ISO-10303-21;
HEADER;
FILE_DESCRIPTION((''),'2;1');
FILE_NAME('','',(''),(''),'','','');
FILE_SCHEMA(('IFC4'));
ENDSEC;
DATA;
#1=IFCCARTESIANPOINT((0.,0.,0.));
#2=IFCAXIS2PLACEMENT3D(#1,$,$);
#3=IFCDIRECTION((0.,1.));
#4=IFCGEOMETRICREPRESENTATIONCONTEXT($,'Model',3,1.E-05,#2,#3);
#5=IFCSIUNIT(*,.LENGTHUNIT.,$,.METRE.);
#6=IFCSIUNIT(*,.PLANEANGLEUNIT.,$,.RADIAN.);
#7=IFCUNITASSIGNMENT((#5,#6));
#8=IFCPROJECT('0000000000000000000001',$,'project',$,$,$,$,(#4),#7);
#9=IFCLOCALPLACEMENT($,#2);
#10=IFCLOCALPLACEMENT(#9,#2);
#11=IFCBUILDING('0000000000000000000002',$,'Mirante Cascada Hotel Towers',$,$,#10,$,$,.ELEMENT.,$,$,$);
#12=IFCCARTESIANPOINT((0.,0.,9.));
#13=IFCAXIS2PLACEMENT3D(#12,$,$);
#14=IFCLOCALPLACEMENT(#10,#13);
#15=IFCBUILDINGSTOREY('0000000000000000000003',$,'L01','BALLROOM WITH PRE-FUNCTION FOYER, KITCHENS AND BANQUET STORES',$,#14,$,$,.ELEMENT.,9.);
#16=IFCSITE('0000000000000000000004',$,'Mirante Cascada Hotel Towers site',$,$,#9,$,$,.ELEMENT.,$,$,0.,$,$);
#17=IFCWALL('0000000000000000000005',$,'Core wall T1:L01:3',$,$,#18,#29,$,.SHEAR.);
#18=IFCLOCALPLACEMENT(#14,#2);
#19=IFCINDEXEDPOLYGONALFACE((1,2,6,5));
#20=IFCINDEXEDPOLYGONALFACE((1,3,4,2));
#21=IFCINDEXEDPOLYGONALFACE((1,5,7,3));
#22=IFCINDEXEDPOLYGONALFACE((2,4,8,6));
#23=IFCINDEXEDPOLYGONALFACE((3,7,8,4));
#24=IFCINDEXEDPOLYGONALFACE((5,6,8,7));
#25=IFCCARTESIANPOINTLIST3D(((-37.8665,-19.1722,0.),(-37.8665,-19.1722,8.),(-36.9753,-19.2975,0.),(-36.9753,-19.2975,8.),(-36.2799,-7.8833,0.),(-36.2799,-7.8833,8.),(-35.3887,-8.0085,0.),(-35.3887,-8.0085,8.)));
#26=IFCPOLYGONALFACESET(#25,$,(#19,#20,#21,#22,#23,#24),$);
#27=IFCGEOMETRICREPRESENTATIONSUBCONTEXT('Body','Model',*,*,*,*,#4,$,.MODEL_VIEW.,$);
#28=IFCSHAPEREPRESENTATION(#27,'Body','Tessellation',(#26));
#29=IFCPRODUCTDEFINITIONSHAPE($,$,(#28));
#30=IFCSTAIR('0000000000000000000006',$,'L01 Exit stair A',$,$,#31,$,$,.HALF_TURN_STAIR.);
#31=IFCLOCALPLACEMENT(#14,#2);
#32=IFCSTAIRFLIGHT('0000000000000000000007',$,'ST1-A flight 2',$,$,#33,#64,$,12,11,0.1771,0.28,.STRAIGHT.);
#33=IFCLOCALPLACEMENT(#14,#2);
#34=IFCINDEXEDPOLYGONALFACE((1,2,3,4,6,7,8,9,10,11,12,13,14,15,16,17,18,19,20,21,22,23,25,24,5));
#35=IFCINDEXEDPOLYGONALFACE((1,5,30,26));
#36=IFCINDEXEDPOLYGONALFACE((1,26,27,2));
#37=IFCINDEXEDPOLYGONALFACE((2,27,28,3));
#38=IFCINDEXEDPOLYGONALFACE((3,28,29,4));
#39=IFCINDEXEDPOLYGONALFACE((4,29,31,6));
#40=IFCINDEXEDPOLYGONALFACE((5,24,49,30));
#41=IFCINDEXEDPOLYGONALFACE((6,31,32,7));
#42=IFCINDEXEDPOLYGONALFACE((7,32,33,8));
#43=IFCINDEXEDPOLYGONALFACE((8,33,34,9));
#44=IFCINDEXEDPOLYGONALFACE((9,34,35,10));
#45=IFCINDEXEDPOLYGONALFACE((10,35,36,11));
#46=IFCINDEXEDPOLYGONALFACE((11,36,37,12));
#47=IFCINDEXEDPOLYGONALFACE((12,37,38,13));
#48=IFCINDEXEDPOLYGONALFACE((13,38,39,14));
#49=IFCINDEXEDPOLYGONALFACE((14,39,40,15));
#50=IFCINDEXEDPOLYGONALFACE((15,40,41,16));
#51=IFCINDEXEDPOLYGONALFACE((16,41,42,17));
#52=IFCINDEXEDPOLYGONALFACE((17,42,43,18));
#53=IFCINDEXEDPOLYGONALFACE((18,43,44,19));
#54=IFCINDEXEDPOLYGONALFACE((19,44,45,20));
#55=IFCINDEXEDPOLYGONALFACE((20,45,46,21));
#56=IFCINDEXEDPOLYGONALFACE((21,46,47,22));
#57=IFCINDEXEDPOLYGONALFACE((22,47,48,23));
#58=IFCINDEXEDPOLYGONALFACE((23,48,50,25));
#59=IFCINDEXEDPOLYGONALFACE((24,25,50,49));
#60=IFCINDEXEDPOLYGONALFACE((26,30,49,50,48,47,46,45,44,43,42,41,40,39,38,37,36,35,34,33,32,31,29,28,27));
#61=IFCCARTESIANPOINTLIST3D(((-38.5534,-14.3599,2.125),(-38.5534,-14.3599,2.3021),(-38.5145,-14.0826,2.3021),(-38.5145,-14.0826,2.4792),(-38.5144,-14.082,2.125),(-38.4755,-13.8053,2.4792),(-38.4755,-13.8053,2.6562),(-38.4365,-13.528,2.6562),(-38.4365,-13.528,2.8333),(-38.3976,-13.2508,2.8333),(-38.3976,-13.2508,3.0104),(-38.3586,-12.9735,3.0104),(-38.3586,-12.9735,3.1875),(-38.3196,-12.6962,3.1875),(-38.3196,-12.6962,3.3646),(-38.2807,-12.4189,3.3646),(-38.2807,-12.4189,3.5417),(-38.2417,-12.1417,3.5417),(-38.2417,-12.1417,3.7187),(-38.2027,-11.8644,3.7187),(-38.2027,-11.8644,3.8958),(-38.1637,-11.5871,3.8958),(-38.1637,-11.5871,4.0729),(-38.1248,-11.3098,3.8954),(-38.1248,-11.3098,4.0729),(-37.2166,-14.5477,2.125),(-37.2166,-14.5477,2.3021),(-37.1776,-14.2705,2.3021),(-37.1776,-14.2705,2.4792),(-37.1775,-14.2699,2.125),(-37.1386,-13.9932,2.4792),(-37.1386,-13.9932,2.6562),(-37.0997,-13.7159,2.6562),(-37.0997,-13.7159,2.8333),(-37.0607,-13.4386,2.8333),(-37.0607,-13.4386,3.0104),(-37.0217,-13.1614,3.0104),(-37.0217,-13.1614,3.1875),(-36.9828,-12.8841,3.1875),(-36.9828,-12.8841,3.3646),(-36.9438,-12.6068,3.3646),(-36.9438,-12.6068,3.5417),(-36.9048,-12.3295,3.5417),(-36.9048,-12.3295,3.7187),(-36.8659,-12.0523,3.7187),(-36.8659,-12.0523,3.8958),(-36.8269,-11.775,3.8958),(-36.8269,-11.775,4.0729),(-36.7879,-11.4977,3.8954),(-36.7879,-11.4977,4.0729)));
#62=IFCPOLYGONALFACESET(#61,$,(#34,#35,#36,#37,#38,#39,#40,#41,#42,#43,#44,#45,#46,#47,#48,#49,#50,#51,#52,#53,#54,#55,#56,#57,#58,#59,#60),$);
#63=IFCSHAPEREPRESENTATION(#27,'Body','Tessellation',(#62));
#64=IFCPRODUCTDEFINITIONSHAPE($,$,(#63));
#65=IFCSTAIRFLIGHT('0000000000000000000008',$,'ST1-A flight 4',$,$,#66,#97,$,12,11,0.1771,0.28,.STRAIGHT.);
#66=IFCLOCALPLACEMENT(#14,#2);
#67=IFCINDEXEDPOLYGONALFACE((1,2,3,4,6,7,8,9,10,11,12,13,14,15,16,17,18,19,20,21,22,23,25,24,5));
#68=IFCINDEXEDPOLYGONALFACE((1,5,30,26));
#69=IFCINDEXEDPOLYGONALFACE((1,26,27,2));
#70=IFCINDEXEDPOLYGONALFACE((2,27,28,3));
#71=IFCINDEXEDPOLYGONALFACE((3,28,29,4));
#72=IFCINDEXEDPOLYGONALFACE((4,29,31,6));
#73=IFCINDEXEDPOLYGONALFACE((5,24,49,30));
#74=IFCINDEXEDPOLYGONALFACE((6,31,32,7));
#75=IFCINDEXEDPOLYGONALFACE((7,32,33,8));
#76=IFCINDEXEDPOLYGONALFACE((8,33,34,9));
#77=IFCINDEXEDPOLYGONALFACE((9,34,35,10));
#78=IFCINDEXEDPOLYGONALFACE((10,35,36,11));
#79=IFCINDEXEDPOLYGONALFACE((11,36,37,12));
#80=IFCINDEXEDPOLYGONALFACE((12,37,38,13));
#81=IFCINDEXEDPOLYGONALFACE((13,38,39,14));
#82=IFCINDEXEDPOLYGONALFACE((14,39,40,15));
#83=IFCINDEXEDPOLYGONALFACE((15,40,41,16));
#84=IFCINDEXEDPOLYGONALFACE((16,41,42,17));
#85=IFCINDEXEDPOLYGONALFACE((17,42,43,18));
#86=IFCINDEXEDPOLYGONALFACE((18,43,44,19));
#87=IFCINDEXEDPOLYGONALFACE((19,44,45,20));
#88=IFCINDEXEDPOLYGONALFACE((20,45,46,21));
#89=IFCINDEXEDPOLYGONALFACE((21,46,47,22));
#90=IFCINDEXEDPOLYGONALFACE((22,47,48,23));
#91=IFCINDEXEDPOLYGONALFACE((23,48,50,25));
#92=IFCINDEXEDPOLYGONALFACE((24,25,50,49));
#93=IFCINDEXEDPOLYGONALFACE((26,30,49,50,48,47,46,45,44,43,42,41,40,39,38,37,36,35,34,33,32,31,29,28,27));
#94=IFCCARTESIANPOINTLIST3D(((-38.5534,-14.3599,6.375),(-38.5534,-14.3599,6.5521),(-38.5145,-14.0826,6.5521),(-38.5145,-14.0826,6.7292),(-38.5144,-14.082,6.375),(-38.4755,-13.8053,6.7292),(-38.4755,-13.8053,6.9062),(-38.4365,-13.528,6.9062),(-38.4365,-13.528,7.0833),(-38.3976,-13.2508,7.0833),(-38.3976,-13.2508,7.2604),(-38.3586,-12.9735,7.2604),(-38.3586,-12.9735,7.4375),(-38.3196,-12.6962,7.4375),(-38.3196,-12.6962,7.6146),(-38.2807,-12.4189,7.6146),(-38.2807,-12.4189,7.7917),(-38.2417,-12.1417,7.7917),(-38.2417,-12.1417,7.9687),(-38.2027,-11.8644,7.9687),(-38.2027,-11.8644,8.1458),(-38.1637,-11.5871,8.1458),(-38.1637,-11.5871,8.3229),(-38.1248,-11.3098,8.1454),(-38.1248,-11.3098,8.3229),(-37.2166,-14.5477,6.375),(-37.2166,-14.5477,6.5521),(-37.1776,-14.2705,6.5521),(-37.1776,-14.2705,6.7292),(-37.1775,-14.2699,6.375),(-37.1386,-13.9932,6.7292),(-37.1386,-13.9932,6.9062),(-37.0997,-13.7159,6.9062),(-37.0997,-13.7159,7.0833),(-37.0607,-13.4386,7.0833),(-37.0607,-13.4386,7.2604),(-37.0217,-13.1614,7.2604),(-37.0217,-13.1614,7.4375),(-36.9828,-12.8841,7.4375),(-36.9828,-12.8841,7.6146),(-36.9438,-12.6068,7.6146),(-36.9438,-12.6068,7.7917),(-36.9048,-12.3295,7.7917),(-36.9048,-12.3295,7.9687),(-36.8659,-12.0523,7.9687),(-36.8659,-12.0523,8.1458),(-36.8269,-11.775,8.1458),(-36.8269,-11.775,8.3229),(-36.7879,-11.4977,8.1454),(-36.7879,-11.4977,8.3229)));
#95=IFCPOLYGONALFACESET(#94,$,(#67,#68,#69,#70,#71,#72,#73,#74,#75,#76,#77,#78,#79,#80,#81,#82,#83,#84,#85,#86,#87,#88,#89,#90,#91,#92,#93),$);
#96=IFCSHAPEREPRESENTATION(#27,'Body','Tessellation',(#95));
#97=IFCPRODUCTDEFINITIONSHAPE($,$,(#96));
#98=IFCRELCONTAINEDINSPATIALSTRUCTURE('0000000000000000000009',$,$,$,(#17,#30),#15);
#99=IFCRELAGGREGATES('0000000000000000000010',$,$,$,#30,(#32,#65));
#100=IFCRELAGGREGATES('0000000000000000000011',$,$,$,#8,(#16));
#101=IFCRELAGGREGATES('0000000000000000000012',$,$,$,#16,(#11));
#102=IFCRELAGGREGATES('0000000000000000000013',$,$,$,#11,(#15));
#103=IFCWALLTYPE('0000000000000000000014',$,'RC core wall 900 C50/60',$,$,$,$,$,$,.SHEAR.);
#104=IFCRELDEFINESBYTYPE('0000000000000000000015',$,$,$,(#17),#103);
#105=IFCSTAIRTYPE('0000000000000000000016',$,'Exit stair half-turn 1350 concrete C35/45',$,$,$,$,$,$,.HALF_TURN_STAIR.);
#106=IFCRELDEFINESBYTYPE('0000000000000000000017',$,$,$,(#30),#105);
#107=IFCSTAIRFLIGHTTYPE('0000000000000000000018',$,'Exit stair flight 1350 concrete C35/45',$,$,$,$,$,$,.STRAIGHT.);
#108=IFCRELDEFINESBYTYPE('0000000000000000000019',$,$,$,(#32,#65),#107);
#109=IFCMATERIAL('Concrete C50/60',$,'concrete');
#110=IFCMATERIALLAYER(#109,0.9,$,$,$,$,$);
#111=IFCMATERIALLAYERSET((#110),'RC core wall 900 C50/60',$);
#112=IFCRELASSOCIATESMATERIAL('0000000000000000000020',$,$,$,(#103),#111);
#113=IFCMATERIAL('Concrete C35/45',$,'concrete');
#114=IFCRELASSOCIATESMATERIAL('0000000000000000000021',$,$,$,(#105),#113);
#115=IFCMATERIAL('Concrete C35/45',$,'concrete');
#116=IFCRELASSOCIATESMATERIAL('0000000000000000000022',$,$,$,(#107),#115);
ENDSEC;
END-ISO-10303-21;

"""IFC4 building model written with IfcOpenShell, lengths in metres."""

from ifc_helpers import new_model, si_unit, direction, frame, frame_2d, origin, place, context, subcontext, project, spatial, polyline, rectangle, outline, extrude, material, layer, layer_set, type_object, element, aggregate, save


model = new_model("IFC4")

# Units and contexts
model_context = context("Model", 3, precision=1e-05, world=origin(), true_north=direction((0.0, 1.0)))
body_context = subcontext(model_context, "Body", "Model", "MODEL_VIEW")
ifc_project = project(units=[si_unit("LENGTHUNIT", "METRE"), si_unit("PLANEANGLEUNIT", "RADIAN")], contexts=[model_context])

# Site, building, storey
site_placement = place(None, origin())
site = spatial("IfcSite", under=ifc_project, at=site_placement, Name="Mirante Cascada Hotel Towers site", CompositionType="ELEMENT", RefElevation=0.0)
building_placement = place(site_placement, origin())
building = spatial("IfcBuilding", under=site, at=building_placement, Name="Mirante Cascada Hotel Towers", CompositionType="ELEMENT")
storey_placement = place(building_placement, frame((0.0, 0.0, 9.0)))
storey = spatial("IfcBuildingStorey", under=building, at=storey_placement, Name="L01", Description="BALLROOM WITH PRE-FUNCTION FOYER, KITCHENS AND BANQUET STORES", CompositionType="ELEMENT", Elevation=9.0)

# Wall
ifc_material_1 = material(Name="Concrete C50/60", Category="concrete")
ifc_layer_1 = layer(ifc_material_1, 0.9)
ifc_layer_set_1 = layer_set([ifc_layer_1], Name="RC core wall 900 C50/60")
wall_type_1 = type_object("IfcWallType", Name="RC core wall 900 C50/60", PredefinedType="SHEAR", material=ifc_layer_set_1)
wall_1_placement = place(storey_placement, frame((-37.4209, -19.2349, 0.0), z_axis=(0.0, 0.0, 1.0), x_axis=(0.139176, 0.990268, 0.0)))
element("IfcWall", 1, at=wall_1_placement, inside=storey, type_object=wall_type_1, Name="Core wall T1:L01:3", PredefinedType="SHEAR", context=body_context, shape_type="SweptSolid", body=[
    extrude(rectangle(XDim=11.3999, YDim=0.9, at=frame_2d((5.7, 0.0))), origin(), (0.0, 0.0, 1.0), 8.0),
])

# Stair, stair flights
ifc_material_2 = material(Name="Concrete C35/45", Category="concrete")
stair_type = type_object("IfcStairType", Name="Exit stair half-turn 1350 concrete C35/45", PredefinedType="HALF_TURN_STAIR", material=ifc_material_2)
stair_placement = place(storey_placement, origin())
stair = element("IfcStair", 2, at=stair_placement, inside=storey, type_object=stair_type, Name="L01 Exit stair A", PredefinedType="HALF_TURN_STAIR")
ifc_material_3 = material(Name="Concrete C35/45", Category="concrete")
stair_flight_type = type_object("IfcStairFlightType", Name="Exit stair flight 1350 concrete C35/45", PredefinedType="STRAIGHT", material=ifc_material_3)
stair_flight_1_placement = place(storey_placement, frame((-37.885, -14.4538, 2.125), z_axis=(0.0, 0.0, 1.0), x_axis=(0.139173, 0.990268, 0.0)))
stair_flight_1 = element("IfcStairFlight", 3, at=stair_flight_1_placement, type_object=stair_flight_type, Name="ST1-A flight 2", NumberOfRisers=12, NumberOfTreads=11, PredefinedType="STRAIGHT", RiserHeight=0.1771, TreadLength=0.28, context=body_context, shape_type="SweptSolid", body=[
    extrude(outline(polyline([(0.0, 0.0), (0.0, 0.1771), (0.28, 0.1771), (0.28, 0.3542), (0.56, 0.3542), (0.56, 0.5312), (0.84, 0.5312), (0.84, 0.7083), (1.12, 0.7083), (1.12, 0.8854), (1.4, 0.8854), (1.4, 1.0625), (1.68, 1.0625), (1.68, 1.2396), (1.96, 1.2396), (1.96, 1.4167), (2.24, 1.4167), (2.24, 1.5937), (2.52, 1.5937), (2.52, 1.7708), (2.8, 1.7708), (2.8, 1.9479), (3.08, 1.9479), (3.08, 2.125), (3.08, 1.7704), (0.2806, 0.0), (0.0, 0.0)])), frame((0.0, 0.675, 0.0), z_axis=(0.0, -1.0, 0.0), x_axis=(1.0, 0.0, 0.0)), (0.0, 0.0, 1.0), 1.35),
])
stair_flight_2_placement = place(storey_placement, frame((-37.885, -14.4538, 6.375), z_axis=(0.0, 0.0, 1.0), x_axis=(0.139173, 0.990268, 0.0)))
stair_flight_2 = element("IfcStairFlight", 4, at=stair_flight_2_placement, type_object=stair_flight_type, Name="ST1-A flight 4", NumberOfRisers=12, NumberOfTreads=11, PredefinedType="STRAIGHT", RiserHeight=0.1771, TreadLength=0.28, context=body_context, shape_type="SweptSolid", body=[
    extrude(outline(polyline([(0.0, 0.0), (0.0, 0.1771), (0.28, 0.1771), (0.28, 0.3542), (0.56, 0.3542), (0.56, 0.5312), (0.84, 0.5312), (0.84, 0.7083), (1.12, 0.7083), (1.12, 0.8854), (1.4, 0.8854), (1.4, 1.0625), (1.68, 1.0625), (1.68, 1.2396), (1.96, 1.2396), (1.96, 1.4167), (2.24, 1.4167), (2.24, 1.5937), (2.52, 1.5937), (2.52, 1.7708), (2.8, 1.7708), (2.8, 1.9479), (3.08, 1.9479), (3.08, 2.125), (3.08, 1.7704), (0.2806, 0.0), (0.0, 0.0)])), frame((0.0, 0.675, 0.0), z_axis=(0.0, -1.0, 0.0), x_axis=(1.0, 0.0, 0.0)), (0.0, 0.0, 1.0), 1.35),
])
aggregate(stair, [stair_flight_1, stair_flight_2])

save(model, "model.ifc")
